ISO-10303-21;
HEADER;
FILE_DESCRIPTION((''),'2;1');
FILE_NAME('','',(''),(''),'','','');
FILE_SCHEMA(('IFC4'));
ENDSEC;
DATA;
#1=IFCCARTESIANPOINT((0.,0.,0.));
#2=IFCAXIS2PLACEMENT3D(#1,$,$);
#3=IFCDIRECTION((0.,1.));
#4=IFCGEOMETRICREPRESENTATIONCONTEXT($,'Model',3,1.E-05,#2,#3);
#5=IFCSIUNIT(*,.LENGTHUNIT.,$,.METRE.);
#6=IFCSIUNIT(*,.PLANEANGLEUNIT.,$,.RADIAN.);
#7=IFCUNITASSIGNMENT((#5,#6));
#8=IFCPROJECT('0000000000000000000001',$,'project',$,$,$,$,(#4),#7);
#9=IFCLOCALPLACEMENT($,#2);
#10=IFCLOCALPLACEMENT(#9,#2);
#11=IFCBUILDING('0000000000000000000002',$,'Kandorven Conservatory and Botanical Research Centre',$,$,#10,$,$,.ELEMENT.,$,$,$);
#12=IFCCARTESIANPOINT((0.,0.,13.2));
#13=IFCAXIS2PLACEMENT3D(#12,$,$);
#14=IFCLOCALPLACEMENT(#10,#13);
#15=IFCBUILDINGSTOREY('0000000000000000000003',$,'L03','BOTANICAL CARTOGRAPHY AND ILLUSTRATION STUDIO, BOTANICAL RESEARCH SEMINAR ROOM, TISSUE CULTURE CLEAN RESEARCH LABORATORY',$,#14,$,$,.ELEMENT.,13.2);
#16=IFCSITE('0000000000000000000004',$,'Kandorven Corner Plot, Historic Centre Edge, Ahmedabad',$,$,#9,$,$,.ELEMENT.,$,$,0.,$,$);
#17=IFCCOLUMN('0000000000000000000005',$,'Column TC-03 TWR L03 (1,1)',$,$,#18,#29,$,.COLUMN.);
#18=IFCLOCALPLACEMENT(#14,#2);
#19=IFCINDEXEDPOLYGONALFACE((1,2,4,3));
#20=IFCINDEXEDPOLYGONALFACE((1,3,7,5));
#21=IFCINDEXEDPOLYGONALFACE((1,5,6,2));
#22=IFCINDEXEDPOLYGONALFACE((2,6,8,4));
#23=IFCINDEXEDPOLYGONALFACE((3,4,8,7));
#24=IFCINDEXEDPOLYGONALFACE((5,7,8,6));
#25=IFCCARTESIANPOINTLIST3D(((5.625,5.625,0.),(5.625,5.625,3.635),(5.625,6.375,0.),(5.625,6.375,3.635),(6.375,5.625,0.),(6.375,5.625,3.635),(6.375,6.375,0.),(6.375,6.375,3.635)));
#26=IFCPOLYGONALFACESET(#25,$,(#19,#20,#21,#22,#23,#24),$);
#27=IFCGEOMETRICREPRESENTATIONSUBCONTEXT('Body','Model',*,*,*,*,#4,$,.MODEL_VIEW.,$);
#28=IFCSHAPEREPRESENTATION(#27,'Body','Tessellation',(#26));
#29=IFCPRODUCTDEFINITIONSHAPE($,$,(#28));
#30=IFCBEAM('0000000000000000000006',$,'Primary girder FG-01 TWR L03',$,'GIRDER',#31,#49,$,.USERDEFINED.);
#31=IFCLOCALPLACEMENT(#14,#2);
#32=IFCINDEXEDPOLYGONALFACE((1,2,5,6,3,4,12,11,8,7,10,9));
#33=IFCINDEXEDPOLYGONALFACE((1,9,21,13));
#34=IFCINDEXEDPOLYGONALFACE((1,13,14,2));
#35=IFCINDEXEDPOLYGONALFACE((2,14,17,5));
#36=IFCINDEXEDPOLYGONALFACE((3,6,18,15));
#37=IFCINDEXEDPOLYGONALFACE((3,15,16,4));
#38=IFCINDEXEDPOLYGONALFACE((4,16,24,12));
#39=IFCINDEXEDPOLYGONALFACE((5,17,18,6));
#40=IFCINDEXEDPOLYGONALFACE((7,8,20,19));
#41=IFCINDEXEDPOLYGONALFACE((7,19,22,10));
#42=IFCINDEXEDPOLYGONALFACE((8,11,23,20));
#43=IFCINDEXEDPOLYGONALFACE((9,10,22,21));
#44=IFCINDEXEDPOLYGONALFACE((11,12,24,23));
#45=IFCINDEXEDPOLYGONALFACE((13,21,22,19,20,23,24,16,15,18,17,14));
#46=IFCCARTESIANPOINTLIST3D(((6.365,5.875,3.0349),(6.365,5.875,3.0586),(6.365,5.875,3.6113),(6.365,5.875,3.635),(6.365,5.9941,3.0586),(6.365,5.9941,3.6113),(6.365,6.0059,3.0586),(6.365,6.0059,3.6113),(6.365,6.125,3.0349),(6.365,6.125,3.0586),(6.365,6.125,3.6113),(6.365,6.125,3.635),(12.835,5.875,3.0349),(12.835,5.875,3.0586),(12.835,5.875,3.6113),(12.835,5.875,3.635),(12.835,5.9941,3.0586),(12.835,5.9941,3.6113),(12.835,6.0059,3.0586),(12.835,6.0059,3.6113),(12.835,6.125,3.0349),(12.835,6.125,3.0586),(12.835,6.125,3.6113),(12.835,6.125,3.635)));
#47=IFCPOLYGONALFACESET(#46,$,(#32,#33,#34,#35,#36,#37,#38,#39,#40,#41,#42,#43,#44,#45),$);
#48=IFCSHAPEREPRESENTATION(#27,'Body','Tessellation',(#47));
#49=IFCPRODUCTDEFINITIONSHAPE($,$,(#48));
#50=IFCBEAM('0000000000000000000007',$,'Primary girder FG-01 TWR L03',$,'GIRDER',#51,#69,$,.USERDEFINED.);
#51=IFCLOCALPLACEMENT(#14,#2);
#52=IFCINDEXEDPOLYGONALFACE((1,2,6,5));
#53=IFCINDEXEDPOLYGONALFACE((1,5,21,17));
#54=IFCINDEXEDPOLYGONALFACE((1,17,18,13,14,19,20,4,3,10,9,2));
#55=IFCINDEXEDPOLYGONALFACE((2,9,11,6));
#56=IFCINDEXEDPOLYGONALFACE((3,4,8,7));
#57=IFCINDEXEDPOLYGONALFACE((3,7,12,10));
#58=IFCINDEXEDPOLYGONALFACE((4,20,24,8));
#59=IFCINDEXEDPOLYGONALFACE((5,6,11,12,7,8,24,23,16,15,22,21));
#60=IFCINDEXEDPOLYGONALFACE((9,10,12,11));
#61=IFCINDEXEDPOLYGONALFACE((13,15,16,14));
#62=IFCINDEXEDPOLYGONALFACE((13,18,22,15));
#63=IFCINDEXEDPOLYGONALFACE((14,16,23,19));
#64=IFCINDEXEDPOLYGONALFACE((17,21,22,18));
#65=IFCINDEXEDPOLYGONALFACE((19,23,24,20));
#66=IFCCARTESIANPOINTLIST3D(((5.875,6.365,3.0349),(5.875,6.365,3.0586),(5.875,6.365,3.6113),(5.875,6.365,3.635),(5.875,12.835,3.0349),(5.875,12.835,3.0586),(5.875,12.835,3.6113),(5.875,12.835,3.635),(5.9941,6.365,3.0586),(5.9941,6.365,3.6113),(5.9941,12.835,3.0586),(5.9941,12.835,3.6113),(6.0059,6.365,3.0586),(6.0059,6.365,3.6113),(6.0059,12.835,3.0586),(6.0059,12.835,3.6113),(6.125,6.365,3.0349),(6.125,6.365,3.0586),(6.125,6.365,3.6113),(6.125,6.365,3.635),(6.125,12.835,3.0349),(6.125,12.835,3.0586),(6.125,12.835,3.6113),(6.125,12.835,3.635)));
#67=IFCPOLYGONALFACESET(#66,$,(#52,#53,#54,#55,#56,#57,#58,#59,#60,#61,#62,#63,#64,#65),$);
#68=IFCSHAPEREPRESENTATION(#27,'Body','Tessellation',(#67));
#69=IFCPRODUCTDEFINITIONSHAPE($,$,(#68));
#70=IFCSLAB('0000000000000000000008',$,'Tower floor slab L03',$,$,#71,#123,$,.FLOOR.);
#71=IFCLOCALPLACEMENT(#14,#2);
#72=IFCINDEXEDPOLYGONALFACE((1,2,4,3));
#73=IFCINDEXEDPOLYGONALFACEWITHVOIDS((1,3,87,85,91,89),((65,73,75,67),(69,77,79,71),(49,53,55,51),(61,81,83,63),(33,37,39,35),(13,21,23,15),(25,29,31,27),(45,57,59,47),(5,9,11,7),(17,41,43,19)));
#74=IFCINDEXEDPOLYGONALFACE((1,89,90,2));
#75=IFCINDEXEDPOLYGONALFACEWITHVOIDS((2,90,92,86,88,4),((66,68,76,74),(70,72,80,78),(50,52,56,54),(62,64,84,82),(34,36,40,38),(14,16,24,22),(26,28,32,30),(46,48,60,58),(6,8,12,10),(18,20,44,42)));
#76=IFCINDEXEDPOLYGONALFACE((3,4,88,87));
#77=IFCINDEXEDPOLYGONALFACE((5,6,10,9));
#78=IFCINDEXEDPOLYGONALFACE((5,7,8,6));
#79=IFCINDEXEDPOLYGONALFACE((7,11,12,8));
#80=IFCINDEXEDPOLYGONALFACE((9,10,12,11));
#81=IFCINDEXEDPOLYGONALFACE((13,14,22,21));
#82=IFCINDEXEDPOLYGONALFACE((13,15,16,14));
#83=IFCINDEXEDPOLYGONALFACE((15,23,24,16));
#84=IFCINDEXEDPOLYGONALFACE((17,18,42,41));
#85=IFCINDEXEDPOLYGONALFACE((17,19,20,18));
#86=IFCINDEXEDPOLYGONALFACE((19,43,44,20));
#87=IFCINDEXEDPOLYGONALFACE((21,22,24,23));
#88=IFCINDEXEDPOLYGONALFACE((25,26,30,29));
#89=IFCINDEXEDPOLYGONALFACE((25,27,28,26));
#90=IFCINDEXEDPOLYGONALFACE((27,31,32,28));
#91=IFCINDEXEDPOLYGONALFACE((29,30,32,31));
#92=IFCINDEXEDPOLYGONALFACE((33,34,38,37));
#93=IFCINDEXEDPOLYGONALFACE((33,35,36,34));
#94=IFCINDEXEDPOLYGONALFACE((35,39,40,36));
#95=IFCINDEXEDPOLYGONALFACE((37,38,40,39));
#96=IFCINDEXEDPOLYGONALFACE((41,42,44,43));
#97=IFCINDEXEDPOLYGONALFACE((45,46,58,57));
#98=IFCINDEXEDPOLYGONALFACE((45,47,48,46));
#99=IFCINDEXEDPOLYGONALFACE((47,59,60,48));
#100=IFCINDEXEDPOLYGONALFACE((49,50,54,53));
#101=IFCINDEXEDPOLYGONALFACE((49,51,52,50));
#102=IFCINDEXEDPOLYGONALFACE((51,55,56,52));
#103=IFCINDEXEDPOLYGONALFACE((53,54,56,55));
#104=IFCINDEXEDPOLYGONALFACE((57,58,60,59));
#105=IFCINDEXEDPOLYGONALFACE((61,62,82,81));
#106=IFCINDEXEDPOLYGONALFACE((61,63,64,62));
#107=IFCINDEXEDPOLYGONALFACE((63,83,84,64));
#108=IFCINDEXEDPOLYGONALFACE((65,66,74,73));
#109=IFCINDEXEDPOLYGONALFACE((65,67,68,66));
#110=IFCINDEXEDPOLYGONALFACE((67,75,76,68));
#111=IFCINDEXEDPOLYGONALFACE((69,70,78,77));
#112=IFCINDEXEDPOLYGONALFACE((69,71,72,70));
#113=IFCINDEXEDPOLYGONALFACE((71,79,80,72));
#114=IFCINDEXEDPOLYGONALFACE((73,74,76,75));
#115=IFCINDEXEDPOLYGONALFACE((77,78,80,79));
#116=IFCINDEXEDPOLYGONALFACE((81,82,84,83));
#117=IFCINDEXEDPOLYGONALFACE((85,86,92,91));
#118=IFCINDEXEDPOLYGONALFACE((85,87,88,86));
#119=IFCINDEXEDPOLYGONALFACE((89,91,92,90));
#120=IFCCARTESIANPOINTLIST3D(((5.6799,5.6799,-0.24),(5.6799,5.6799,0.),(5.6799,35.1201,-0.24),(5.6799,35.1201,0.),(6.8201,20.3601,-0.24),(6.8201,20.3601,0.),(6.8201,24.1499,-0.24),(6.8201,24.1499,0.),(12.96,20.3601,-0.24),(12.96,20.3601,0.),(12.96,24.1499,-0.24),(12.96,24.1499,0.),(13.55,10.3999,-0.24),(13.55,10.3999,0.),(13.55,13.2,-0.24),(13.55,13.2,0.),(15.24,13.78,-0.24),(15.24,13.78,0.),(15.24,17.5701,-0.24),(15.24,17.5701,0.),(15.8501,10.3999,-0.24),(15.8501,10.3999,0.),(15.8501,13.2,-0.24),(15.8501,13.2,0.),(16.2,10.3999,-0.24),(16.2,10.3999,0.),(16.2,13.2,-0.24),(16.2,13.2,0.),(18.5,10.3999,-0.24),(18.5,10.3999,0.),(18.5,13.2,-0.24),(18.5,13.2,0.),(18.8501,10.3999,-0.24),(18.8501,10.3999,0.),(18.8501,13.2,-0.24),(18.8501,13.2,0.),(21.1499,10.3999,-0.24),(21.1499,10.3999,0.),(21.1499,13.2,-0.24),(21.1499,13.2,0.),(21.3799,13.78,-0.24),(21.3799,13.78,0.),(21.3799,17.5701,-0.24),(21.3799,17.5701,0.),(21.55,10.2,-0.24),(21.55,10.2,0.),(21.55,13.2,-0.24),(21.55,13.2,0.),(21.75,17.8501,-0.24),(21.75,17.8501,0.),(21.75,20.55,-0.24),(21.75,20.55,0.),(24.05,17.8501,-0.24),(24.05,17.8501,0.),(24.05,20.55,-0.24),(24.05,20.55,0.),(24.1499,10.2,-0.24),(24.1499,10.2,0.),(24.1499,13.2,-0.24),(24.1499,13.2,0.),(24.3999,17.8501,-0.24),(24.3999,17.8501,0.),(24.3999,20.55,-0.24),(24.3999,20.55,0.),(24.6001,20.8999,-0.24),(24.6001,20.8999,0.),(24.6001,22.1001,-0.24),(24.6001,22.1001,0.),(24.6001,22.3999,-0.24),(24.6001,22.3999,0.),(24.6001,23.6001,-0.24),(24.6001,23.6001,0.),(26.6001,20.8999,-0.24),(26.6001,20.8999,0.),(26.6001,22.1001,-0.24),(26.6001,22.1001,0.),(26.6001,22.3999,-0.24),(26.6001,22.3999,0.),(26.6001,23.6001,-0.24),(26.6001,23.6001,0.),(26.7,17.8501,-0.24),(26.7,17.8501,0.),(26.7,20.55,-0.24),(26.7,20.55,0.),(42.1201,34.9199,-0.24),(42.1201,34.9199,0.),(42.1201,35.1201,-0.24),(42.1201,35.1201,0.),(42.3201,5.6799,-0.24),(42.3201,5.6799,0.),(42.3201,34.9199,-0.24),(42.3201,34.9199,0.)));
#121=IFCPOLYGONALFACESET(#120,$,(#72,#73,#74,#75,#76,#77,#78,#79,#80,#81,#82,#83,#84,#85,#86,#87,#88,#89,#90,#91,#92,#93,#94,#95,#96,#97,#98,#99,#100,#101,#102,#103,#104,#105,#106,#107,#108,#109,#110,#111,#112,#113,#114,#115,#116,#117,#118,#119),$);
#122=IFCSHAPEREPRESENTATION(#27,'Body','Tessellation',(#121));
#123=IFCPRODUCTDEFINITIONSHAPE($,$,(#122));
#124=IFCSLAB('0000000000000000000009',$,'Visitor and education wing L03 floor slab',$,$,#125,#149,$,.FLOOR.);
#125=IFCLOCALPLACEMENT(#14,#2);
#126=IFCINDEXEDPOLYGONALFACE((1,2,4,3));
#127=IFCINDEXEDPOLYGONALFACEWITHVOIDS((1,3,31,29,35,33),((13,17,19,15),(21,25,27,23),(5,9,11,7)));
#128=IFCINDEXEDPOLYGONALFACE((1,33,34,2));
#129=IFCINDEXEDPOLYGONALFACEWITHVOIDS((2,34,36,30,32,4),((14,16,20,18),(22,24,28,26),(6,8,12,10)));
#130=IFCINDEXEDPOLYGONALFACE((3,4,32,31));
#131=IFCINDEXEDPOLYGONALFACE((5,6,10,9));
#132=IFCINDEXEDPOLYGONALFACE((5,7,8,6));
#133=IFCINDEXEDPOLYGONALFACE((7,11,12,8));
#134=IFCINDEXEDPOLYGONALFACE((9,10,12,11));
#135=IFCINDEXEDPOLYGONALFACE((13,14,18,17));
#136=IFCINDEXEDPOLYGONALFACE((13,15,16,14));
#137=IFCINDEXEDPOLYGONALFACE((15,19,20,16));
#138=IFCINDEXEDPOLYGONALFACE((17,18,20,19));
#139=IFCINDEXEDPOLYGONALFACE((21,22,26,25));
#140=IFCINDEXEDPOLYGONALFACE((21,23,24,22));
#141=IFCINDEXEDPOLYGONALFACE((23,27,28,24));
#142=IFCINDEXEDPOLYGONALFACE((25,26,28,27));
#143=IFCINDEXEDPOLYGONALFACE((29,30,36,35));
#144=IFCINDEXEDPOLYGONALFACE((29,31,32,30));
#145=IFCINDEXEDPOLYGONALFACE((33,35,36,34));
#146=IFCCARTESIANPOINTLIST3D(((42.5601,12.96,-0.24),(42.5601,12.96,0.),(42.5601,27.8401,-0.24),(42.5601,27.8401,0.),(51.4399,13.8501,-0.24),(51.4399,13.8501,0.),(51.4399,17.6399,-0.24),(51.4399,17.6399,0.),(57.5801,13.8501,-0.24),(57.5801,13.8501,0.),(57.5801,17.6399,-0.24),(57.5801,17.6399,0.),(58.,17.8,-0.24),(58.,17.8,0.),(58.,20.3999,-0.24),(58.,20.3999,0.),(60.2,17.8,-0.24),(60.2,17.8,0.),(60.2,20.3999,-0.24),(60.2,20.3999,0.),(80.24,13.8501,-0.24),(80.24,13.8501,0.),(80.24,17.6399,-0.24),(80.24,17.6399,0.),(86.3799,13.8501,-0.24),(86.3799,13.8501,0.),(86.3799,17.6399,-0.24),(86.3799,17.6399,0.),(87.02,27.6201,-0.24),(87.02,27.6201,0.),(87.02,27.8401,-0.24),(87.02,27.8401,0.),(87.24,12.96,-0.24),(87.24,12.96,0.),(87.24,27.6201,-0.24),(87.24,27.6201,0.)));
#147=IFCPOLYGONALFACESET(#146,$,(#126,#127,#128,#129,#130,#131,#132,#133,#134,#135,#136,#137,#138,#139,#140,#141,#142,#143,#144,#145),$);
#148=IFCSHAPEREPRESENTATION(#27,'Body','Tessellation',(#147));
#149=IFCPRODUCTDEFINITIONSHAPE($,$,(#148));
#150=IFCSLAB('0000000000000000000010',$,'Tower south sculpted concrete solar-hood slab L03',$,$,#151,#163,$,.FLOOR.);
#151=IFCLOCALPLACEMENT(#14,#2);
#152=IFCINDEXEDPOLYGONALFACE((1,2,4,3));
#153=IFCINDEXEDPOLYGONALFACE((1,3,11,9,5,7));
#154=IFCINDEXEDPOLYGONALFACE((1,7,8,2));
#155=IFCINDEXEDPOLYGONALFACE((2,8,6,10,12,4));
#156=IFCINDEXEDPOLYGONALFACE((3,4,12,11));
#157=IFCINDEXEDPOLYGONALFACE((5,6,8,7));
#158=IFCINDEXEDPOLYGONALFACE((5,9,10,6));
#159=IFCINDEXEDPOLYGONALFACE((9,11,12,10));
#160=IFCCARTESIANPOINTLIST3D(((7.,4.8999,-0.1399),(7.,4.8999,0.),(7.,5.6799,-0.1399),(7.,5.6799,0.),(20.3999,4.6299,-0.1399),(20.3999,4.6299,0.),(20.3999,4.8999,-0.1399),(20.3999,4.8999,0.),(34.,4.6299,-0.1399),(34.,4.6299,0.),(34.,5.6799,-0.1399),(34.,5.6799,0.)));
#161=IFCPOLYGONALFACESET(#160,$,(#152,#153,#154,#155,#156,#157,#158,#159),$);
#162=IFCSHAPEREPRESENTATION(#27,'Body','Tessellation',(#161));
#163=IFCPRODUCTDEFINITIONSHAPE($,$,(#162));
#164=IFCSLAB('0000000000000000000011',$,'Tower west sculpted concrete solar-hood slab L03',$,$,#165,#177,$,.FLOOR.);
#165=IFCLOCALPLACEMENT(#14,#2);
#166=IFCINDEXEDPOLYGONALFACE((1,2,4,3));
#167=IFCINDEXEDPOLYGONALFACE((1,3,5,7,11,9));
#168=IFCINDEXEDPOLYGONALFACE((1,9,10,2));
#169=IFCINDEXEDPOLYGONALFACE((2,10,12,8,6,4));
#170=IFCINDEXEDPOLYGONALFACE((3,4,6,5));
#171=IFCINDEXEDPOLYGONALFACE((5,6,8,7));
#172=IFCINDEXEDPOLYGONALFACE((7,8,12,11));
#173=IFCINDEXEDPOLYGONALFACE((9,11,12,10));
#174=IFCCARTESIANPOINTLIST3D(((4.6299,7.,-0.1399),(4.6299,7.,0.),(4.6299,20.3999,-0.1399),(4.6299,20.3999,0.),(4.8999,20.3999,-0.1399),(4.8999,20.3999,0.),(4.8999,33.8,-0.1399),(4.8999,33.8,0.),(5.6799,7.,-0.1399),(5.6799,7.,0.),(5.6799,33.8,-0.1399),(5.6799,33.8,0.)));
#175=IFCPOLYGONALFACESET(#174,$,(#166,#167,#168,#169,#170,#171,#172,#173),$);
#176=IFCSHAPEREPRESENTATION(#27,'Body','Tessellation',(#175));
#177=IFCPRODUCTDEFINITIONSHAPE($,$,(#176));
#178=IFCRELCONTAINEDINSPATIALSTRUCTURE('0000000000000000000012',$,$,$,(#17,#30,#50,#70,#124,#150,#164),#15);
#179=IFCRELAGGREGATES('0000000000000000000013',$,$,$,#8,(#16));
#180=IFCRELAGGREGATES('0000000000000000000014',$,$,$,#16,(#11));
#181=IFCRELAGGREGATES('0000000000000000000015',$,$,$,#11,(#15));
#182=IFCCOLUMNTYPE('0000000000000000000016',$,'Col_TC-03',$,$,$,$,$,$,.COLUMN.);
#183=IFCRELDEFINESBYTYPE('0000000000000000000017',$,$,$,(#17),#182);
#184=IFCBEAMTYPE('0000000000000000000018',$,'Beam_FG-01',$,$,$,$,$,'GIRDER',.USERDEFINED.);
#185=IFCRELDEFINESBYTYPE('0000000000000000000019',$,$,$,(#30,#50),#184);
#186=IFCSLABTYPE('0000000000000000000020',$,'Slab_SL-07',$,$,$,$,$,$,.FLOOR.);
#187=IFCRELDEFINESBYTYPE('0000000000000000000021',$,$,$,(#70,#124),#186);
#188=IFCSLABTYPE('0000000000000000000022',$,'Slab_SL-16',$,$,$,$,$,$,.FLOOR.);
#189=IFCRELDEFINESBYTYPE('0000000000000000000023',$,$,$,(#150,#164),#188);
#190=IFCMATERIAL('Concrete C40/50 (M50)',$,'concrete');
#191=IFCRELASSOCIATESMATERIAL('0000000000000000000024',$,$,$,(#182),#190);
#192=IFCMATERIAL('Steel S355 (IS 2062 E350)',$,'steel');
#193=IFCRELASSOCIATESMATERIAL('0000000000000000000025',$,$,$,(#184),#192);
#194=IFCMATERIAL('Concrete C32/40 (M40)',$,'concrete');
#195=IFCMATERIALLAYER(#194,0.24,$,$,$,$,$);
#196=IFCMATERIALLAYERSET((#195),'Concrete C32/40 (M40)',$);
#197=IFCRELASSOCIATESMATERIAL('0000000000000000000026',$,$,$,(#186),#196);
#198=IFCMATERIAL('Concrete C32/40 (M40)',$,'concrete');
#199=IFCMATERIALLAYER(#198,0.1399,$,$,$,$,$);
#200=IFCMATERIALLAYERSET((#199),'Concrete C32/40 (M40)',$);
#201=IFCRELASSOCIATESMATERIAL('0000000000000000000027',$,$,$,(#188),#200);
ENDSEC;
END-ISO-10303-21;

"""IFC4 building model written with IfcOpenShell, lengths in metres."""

from ifc_helpers import new_model, si_unit, direction, frame, origin, origin_2d, place, context, subcontext, project, spatial, polyline, rectangle, i_section, outline, extrude, material, layer, layer_set, material_profile, profile_set, type_object, element, save


model = new_model("IFC4")

# Units and contexts
model_context = context("Model", 3, precision=1e-05, world=origin(), true_north=direction((0.0, 1.0)))
body_context = subcontext(model_context, "Body", "Model", "MODEL_VIEW")
ifc_project = project(units=[si_unit("LENGTHUNIT", "METRE"), si_unit("PLANEANGLEUNIT", "RADIAN")], contexts=[model_context])

# Site, building, storey
site_placement = place(None, origin())
site = spatial("IfcSite", under=ifc_project, at=site_placement, Name="Kandorven Corner Plot, Historic Centre Edge, Ahmedabad", CompositionType="ELEMENT", RefElevation=0.0)
building_placement = place(site_placement, origin())
building = spatial("IfcBuilding", under=site, at=building_placement, Name="Kandorven Conservatory and Botanical Research Centre", CompositionType="ELEMENT")
storey_placement = place(building_placement, frame((0.0, 0.0, 13.2)))
storey = spatial("IfcBuildingStorey", under=building, at=storey_placement, Name="L03", Description="BOTANICAL CARTOGRAPHY AND ILLUSTRATION STUDIO, BOTANICAL RESEARCH SEMINAR ROOM, TISSUE CULTURE CLEAN RESEARCH LABORATORY", CompositionType="ELEMENT", Elevation=13.2)

# Column
ifc_material_1 = material(Name="Concrete C40/50 (M50)", Category="concrete")
ifc_material_profile_1 = material_profile(ifc_material_1, rectangle(XDim=0.75, YDim=0.75, at=origin_2d()))
ifc_profile_set_1 = profile_set([ifc_material_profile_1], Name="Concrete C40/50 (M50)")
column_type = type_object("IfcColumnType", Name="Col_TC-03", PredefinedType="COLUMN", material=ifc_profile_set_1)
column_placement = place(storey_placement, frame((6.0, 6.0, 0.0), z_axis=(0.0, 0.0, 1.0), x_axis=(1.0, 0.0, 0.0)))
element("IfcColumn", 1, at=column_placement, inside=storey, type_object=column_type, Name="Column TC-03 TWR L03 (1,1)", PredefinedType="COLUMN", context=body_context, shape_type="SweptSolid", body=[
    extrude(rectangle(XDim=0.75, YDim=0.75, at=origin_2d()), origin(), (0.0, 0.0, 1.0), 3.635),
])

# Beams
ifc_material_2 = material(Name="Steel S355 (IS 2062 E350)", Category="steel")
ifc_material_profile_2 = material_profile(ifc_material_2, i_section(OverallWidth=0.25, OverallDepth=0.6001, WebThickness=0.0117, FlangeThickness=0.0237, at=origin_2d()))
ifc_profile_set_2 = profile_set([ifc_material_profile_2], Name="Steel S355 (IS 2062 E350)")
beam_type = type_object("IfcBeamType", Name="Beam_FG-01", ElementType="GIRDER", PredefinedType="USERDEFINED", material=ifc_profile_set_2)
for number, where, z_axis, x_axis, name in (
    (2, (6.365, 6.0, 3.335), (1.0, 0.0, 0.0), (0.0, 1.0, 0.0), "Primary girder FG-01 TWR L03"),
    (3, (6.0, 6.365, 3.335), (0.0, 1.0, 0.0), (-1.0, 0.0, 0.0), "Primary girder FG-01 TWR L03"),
):
    element("IfcBeam", number, at=place(storey_placement, frame(where, z_axis=z_axis, x_axis=x_axis)), inside=storey, type_object=beam_type, Name=name, ObjectType="GIRDER", PredefinedType="USERDEFINED", context=body_context, shape_type="SweptSolid", body=[
        extrude(i_section(OverallWidth=0.25, OverallDepth=0.6001, WebThickness=0.0117, FlangeThickness=0.0237, at=origin_2d()), origin(), (0.0, 0.0, 1.0), 6.47),
    ])

# Slabs
ifc_material_3 = material(Name="Concrete C32/40 (M40)", Category="concrete")
ifc_layer_1 = layer(ifc_material_3, 0.24)
ifc_layer_set_1 = layer_set([ifc_layer_1], Name="Concrete C32/40 (M40)")
slab_type_1 = type_object("IfcSlabType", Name="Slab_SL-07", PredefinedType="FLOOR", material=ifc_layer_set_1)
slab_1_placement = place(storey_placement, frame((0.0, 0.0, -0.24)))
element("IfcSlab", 4, at=slab_1_placement, inside=storey, type_object=slab_type_1, Name="Tower floor slab L03", PredefinedType="FLOOR", context=body_context, shape_type="SweptSolid", body=[
    extrude(outline(polyline([(5.6799, 5.6799), (42.3201, 5.6799), (42.3201, 34.9199), (42.1201, 34.9199), (42.1201, 35.1201), (5.6799, 35.1201), (5.6799, 5.6799)]), holes=[polyline([(15.24, 13.78), (21.3799, 13.78), (21.3799, 17.5701), (15.24, 17.5701), (15.24, 13.78)]), polyline([(12.96, 24.1499), (6.8201, 24.1499), (6.8201, 20.3601), (12.96, 20.3601), (12.96, 24.1499)]), polyline([(21.75, 17.8501), (24.05, 17.8501), (24.05, 20.55), (21.75, 20.55), (21.75, 17.8501)]), polyline([(24.3999, 17.8501), (26.7, 17.8501), (26.7, 20.55), (24.3999, 20.55), (24.3999, 17.8501)]), polyline([(13.55, 10.3999), (15.8501, 10.3999), (15.8501, 13.2), (13.55, 13.2), (13.55, 10.3999)]), polyline([(16.2, 10.3999), (18.5, 10.3999), (18.5, 13.2), (16.2, 13.2), (16.2, 10.3999)]), polyline([(18.8501, 10.3999), (21.1499, 10.3999), (21.1499, 13.2), (18.8501, 13.2), (18.8501, 10.3999)]), polyline([(21.55, 10.2), (24.1499, 10.2), (24.1499, 13.2), (21.55, 13.2), (21.55, 10.2)]), polyline([(24.6001, 20.8999), (26.6001, 20.8999), (26.6001, 22.1001), (24.6001, 22.1001), (24.6001, 20.8999)]), polyline([(24.6001, 22.3999), (26.6001, 22.3999), (26.6001, 23.6001), (24.6001, 23.6001), (24.6001, 22.3999)])]), origin(), (0.0, 0.0, 1.0), 0.24),
])
slab_2_placement = place(storey_placement, frame((0.0, 0.0, -0.24)))
element("IfcSlab", 5, at=slab_2_placement, inside=storey, type_object=slab_type_1, Name="Visitor and education wing L03 floor slab", PredefinedType="FLOOR", context=body_context, shape_type="SweptSolid", body=[
    extrude(outline(polyline([(42.5601, 12.96), (87.24, 12.96), (87.24, 27.6201), (87.02, 27.6201), (87.02, 27.8401), (42.5601, 27.8401), (42.5601, 12.96)]), holes=[polyline([(51.4399, 13.8501), (57.5801, 13.8501), (57.5801, 17.6399), (51.4399, 17.6399), (51.4399, 13.8501)]), polyline([(80.24, 13.8501), (86.3799, 13.8501), (86.3799, 17.6399), (80.24, 17.6399), (80.24, 13.8501)]), polyline([(58.0, 17.8), (60.2, 17.8), (60.2, 20.3999), (58.0, 20.3999), (58.0, 17.8)])]), origin(), (0.0, 0.0, 1.0), 0.24),
])
ifc_material_4 = material(Name="Concrete C32/40 (M40)", Category="concrete")
ifc_layer_2 = layer(ifc_material_4, 0.1399)
ifc_layer_set_2 = layer_set([ifc_layer_2], Name="Concrete C32/40 (M40)")
slab_type_2 = type_object("IfcSlabType", Name="Slab_SL-16", PredefinedType="FLOOR", material=ifc_layer_set_2)
slab_3_placement = place(storey_placement, frame((0.0, 0.0, -0.1399)))
element("IfcSlab", 6, at=slab_3_placement, inside=storey, type_object=slab_type_2, Name="Tower south sculpted concrete solar-hood slab L03", PredefinedType="FLOOR", context=body_context, shape_type="SweptSolid", body=[
    extrude(outline(polyline([(7.0, 5.6799), (34.0, 5.6799), (34.0, 4.6299), (20.3999, 4.6299), (20.3999, 4.8999), (7.0, 4.8999), (7.0, 5.6799)])), origin(), (0.0, 0.0, 1.0), 0.1399),
])
slab_4_placement = place(storey_placement, frame((0.0, 0.0, -0.1399)))
element("IfcSlab", 7, at=slab_4_placement, inside=storey, type_object=slab_type_2, Name="Tower west sculpted concrete solar-hood slab L03", PredefinedType="FLOOR", context=body_context, shape_type="SweptSolid", body=[
    extrude(outline(polyline([(4.6299, 7.0), (5.6799, 7.0), (5.6799, 33.8), (4.8999, 33.8), (4.8999, 20.3999), (4.6299, 20.3999), (4.6299, 7.0)])), origin(), (0.0, 0.0, 1.0), 0.1399),
])

save(model, "model.ifc")
